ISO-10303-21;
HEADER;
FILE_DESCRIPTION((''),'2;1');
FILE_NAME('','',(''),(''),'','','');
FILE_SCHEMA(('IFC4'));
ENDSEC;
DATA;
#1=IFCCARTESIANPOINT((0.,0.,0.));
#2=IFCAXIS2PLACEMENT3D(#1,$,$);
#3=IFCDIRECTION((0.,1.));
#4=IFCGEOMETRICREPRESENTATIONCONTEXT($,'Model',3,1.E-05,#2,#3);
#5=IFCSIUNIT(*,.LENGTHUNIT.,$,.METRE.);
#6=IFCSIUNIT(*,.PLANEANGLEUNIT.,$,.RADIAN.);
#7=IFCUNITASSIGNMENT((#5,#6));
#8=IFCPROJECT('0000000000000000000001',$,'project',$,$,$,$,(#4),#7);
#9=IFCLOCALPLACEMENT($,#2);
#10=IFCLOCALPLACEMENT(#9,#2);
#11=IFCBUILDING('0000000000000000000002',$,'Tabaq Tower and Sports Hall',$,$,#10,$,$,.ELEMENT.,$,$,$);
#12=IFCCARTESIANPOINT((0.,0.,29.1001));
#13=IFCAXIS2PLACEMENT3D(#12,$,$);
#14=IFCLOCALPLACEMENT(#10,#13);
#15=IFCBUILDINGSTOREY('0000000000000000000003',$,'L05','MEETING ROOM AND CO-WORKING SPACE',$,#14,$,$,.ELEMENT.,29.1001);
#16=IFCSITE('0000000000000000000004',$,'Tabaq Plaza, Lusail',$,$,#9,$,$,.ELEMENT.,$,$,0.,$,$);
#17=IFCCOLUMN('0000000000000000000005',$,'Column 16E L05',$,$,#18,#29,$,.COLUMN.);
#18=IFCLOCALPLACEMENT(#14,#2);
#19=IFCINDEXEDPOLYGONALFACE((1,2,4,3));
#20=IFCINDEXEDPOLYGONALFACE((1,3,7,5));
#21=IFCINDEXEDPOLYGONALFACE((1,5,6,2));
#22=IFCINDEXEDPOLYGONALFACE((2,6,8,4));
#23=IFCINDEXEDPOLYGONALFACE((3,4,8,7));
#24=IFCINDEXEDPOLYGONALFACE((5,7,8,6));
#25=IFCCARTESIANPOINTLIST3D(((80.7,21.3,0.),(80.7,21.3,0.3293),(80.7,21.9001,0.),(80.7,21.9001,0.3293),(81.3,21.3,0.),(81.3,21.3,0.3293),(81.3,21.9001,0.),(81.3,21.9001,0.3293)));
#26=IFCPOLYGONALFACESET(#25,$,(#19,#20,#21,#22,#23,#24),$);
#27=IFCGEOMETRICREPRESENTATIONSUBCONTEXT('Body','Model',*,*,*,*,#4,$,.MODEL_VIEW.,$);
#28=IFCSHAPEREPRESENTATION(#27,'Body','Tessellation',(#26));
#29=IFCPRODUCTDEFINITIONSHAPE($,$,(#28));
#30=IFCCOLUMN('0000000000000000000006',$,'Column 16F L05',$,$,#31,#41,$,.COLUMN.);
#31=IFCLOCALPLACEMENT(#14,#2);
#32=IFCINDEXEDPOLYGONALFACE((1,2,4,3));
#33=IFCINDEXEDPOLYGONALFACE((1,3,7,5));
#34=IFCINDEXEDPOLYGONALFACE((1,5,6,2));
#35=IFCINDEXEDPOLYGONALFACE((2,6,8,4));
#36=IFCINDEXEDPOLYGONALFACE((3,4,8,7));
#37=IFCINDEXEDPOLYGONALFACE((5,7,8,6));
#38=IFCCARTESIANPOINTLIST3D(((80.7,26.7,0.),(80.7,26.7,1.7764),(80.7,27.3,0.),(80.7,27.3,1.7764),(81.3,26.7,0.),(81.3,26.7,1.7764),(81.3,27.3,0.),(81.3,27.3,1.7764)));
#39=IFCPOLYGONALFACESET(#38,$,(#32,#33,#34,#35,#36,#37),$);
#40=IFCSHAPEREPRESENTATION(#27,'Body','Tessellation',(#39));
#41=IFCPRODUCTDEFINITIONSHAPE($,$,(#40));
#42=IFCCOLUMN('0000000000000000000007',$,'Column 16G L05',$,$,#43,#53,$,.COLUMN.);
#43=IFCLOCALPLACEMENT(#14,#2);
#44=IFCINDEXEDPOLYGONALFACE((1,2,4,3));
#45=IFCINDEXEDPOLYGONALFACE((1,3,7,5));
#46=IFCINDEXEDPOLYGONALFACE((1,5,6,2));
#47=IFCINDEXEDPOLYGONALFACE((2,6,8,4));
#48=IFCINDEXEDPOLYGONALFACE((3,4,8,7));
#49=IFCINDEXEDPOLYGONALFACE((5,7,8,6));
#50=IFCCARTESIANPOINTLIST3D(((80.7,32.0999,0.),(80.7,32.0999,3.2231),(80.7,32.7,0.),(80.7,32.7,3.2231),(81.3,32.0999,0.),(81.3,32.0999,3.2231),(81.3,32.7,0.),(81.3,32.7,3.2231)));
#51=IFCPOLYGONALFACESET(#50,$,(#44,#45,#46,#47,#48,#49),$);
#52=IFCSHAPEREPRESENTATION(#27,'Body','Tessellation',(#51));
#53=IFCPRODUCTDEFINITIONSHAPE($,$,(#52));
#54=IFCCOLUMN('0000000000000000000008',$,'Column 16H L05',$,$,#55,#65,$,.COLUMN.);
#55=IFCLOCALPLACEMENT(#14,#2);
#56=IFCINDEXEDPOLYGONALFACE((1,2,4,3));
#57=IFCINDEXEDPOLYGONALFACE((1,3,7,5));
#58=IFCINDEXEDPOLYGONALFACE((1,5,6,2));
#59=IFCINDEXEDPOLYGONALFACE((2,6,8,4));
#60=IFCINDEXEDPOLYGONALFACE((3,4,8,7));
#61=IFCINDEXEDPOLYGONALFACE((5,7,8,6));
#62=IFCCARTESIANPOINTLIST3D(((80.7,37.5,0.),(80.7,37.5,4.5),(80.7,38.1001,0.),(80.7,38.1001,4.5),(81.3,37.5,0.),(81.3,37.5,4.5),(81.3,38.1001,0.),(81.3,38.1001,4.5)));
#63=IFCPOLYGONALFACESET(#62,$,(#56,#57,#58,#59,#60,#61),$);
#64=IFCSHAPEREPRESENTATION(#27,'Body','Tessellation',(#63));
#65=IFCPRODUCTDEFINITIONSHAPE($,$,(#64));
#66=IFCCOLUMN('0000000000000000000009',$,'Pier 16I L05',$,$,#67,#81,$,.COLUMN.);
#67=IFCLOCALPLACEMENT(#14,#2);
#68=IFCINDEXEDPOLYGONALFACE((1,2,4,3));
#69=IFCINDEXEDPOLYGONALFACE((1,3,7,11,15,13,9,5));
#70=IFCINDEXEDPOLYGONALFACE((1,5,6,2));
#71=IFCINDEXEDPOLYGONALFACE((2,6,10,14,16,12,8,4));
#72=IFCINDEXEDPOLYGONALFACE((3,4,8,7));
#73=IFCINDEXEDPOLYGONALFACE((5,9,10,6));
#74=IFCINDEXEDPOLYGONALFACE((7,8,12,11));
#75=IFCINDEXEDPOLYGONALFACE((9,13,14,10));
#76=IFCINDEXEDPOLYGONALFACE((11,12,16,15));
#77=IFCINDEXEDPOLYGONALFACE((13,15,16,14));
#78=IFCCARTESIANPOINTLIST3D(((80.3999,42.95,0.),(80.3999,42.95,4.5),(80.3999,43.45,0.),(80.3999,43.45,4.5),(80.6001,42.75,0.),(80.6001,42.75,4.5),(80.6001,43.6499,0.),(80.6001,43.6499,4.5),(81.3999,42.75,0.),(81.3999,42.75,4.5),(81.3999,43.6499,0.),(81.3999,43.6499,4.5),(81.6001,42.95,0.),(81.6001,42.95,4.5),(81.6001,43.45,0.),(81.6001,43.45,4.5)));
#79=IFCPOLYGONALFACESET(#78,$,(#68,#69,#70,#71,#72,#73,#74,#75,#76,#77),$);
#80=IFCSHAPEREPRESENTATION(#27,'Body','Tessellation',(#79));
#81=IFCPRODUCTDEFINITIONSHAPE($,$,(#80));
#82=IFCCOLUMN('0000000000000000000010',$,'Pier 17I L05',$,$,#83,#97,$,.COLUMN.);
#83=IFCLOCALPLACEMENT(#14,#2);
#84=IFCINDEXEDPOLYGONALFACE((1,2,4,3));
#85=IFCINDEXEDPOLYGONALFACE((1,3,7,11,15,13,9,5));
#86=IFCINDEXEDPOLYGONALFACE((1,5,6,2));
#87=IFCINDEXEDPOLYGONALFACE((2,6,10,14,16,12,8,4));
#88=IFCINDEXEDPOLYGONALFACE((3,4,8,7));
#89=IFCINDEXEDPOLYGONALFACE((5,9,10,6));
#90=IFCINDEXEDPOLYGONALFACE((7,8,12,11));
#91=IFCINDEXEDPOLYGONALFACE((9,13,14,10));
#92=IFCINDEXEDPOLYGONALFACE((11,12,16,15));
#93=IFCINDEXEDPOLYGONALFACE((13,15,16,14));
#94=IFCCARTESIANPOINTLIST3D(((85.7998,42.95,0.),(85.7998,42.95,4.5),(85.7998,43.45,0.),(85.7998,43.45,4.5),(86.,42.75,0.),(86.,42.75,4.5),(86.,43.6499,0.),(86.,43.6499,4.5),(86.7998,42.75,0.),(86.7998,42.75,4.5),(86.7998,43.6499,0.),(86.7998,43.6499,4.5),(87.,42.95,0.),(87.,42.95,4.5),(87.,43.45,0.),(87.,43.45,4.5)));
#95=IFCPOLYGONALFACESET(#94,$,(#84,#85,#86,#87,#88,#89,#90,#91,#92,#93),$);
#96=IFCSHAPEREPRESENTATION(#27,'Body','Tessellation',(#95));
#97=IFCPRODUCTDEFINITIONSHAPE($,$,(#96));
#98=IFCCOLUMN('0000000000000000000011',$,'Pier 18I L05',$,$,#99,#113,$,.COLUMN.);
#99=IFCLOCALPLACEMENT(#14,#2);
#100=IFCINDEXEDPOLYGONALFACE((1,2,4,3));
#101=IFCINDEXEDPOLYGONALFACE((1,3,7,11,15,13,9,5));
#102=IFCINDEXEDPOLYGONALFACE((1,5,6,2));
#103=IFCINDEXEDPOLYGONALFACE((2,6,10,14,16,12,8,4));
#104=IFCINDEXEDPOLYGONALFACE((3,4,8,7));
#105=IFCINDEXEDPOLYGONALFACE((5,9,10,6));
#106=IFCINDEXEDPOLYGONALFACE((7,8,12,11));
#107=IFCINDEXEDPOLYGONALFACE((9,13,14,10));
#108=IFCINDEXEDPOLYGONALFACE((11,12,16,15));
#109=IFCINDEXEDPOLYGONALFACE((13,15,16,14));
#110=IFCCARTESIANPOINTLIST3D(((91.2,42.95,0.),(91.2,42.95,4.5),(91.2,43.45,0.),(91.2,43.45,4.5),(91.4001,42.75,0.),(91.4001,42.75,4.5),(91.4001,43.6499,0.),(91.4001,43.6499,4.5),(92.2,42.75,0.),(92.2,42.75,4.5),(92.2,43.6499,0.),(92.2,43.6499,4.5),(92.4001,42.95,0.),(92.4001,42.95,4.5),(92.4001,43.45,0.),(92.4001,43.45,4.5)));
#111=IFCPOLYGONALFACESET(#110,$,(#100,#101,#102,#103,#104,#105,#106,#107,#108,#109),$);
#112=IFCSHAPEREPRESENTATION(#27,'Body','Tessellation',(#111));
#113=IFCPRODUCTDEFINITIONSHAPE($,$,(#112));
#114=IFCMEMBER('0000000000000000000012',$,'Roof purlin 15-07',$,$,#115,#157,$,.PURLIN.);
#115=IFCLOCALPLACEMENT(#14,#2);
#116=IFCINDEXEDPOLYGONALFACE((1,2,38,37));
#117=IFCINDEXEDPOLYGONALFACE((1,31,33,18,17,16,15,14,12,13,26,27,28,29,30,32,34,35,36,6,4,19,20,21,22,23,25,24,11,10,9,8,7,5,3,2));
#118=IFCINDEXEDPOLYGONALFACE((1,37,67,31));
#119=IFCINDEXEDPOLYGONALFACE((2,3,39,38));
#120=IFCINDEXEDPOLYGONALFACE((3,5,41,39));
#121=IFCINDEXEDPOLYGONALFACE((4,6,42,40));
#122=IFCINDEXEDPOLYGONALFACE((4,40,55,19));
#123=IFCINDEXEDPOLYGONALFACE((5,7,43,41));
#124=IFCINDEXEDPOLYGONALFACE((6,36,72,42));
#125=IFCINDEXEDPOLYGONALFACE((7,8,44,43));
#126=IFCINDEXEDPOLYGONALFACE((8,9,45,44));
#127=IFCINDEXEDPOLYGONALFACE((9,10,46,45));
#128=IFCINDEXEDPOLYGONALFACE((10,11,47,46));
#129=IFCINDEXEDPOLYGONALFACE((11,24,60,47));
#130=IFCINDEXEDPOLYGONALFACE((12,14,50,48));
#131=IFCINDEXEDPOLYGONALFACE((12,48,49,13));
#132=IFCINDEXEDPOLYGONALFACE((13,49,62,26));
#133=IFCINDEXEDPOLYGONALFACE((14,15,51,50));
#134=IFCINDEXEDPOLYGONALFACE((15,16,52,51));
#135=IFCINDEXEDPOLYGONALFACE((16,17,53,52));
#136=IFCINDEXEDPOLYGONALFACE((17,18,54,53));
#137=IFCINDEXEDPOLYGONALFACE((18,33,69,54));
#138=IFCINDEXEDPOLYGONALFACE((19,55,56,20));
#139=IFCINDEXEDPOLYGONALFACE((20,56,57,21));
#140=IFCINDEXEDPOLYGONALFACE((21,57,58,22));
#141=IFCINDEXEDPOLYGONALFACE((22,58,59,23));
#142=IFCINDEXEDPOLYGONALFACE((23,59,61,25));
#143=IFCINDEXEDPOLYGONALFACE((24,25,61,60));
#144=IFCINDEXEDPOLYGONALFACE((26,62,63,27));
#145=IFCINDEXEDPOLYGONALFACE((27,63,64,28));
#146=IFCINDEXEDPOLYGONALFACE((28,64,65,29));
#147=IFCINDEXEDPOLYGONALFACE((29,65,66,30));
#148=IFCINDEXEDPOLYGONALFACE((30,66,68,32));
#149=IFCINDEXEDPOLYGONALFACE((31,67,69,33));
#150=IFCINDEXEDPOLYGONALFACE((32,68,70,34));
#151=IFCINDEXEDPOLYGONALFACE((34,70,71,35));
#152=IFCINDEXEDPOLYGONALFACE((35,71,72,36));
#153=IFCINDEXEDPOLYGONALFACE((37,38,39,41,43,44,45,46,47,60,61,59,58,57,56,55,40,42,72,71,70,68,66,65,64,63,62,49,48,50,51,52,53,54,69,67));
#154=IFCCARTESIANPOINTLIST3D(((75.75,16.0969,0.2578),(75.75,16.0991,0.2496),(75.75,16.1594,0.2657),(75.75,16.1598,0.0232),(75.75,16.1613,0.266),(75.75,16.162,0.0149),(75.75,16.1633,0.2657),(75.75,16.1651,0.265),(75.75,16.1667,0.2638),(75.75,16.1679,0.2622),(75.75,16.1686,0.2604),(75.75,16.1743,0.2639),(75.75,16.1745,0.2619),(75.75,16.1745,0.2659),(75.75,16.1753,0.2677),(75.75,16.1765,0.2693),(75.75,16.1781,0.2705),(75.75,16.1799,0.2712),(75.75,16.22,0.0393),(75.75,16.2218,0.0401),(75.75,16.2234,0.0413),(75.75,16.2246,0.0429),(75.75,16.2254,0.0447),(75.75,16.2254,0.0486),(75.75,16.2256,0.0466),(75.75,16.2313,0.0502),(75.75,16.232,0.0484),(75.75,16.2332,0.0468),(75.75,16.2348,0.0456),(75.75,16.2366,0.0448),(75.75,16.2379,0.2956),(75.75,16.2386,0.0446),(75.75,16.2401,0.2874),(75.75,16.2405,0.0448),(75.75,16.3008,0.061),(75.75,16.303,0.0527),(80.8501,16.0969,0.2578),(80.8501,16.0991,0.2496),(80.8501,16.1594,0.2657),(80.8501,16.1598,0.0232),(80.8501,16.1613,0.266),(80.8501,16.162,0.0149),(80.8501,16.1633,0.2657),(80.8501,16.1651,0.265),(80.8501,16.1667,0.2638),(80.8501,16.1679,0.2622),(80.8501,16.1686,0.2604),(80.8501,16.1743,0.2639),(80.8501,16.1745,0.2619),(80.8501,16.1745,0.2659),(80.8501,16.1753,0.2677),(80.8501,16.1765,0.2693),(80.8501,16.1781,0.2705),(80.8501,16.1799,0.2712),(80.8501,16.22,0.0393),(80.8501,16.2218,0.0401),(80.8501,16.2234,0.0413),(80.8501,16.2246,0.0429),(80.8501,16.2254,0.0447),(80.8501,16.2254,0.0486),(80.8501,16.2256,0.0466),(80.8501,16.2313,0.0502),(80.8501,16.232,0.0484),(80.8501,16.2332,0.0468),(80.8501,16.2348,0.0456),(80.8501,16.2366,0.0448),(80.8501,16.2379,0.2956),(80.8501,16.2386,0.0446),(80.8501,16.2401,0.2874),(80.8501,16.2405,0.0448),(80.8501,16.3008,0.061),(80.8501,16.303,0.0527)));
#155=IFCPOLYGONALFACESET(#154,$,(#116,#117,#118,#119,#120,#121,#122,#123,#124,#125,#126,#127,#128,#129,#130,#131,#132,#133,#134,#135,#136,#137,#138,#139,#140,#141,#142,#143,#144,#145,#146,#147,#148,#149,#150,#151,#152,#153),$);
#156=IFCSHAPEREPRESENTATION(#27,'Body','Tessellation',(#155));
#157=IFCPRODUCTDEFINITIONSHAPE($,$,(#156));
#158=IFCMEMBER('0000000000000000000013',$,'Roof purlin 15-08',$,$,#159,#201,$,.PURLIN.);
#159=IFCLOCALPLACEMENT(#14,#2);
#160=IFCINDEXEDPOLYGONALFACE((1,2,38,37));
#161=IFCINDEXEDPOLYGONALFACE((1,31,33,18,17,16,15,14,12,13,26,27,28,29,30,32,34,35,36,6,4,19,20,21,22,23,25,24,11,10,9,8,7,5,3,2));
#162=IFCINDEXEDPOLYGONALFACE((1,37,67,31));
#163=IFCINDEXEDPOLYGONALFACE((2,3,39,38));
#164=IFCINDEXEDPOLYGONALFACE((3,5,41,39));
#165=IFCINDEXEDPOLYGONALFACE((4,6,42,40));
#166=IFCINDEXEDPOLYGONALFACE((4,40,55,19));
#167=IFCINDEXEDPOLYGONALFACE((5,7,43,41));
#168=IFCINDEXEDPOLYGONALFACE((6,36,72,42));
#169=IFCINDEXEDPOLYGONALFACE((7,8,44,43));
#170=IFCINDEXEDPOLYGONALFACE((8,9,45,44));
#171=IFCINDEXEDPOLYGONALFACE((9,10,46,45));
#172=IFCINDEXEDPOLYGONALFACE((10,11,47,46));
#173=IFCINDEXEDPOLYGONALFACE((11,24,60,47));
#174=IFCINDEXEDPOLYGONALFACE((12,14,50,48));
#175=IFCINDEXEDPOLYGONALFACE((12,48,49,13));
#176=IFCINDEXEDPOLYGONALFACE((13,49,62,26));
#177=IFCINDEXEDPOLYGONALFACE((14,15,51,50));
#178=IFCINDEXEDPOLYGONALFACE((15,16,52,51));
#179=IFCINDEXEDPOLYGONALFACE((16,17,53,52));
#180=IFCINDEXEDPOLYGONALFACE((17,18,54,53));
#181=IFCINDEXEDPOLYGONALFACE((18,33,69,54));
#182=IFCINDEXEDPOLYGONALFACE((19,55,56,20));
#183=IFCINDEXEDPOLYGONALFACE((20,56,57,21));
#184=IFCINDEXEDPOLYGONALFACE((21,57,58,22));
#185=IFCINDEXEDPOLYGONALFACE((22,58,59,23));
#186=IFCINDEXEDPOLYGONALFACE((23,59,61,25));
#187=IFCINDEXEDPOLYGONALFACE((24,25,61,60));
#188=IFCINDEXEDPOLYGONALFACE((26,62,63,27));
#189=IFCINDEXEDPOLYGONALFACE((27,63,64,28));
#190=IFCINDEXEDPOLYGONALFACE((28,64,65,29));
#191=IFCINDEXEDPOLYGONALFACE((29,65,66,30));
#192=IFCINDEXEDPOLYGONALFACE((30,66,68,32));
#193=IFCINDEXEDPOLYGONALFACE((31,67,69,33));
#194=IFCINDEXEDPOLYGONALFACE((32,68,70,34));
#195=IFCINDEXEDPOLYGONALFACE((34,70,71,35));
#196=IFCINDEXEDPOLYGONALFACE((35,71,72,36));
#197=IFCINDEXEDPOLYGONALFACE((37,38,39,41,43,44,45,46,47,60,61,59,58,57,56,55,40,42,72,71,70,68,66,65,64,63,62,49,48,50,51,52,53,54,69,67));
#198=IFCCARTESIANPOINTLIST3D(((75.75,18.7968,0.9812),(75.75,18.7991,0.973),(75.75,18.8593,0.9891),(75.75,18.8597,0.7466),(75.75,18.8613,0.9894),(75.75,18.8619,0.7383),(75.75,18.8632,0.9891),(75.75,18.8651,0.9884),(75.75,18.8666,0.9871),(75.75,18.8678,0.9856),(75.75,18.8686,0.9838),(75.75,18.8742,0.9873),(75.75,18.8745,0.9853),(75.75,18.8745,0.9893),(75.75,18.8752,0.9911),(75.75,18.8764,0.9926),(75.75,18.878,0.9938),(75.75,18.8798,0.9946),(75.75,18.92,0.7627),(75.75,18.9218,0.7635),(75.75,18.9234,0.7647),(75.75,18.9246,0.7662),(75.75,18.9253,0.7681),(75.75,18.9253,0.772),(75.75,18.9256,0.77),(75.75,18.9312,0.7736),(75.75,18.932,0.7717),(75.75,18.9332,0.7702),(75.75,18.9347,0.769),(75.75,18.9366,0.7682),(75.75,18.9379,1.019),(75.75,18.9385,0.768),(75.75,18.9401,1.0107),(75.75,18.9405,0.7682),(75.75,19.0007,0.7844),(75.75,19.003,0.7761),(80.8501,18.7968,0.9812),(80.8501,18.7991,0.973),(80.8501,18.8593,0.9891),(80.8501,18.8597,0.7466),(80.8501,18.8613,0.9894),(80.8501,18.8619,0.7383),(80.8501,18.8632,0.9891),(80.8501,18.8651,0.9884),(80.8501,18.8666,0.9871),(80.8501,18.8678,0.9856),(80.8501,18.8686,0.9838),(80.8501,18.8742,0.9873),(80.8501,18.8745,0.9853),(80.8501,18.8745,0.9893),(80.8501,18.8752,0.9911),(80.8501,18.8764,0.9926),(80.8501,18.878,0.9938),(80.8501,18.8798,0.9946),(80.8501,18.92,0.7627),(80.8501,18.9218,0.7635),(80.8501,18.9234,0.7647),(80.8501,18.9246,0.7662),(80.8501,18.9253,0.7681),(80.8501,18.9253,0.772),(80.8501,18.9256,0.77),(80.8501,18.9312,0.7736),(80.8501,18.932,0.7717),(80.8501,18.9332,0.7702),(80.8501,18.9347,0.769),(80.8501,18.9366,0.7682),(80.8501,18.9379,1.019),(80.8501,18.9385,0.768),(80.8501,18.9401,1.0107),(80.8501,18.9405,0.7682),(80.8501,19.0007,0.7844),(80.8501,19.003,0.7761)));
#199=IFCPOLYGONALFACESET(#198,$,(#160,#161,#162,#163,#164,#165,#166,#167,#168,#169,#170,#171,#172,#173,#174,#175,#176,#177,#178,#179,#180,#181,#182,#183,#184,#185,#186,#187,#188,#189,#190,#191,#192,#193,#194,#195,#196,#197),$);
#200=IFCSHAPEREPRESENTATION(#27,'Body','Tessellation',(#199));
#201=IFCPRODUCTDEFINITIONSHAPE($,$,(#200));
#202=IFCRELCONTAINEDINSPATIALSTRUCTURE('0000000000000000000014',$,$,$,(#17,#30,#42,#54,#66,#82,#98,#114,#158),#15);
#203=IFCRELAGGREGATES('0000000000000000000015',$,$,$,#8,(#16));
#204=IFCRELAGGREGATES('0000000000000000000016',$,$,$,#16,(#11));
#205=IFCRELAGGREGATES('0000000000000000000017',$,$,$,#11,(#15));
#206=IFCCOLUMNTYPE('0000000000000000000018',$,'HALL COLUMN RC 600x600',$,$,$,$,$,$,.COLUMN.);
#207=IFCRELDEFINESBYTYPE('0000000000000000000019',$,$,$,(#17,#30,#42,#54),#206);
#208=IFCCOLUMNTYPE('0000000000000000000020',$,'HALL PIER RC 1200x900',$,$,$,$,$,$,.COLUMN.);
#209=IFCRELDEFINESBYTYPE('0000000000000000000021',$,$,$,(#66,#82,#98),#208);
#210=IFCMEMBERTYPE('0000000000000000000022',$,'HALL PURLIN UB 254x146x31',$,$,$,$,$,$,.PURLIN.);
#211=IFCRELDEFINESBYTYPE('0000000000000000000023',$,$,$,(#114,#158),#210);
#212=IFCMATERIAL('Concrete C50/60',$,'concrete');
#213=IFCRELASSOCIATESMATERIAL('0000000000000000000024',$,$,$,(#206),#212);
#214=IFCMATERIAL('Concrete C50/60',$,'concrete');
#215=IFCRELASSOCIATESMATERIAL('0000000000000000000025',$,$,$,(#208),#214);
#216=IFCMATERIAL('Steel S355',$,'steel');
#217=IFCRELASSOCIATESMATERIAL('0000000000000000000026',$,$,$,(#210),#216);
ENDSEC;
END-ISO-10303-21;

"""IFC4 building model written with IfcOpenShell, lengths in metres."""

from ifc_helpers import new_model, si_unit, direction, frame, origin, origin_2d, place, context, subcontext, project, spatial, polyline, rectangle, i_section, outline, extrude, material, material_profile, profile_set, type_object, element, save


model = new_model("IFC4")

# Units and contexts
model_context = context("Model", 3, precision=1e-05, world=origin(), true_north=direction((0.0, 1.0)))
body_context = subcontext(model_context, "Body", "Model", "MODEL_VIEW")
ifc_project = project(units=[si_unit("LENGTHUNIT", "METRE"), si_unit("PLANEANGLEUNIT", "RADIAN")], contexts=[model_context])

# Site, building, storey
site_placement = place(None, origin())
site = spatial("IfcSite", under=ifc_project, at=site_placement, Name="Tabaq Plaza, Lusail", CompositionType="ELEMENT", RefElevation=0.0)
building_placement = place(site_placement, origin())
building = spatial("IfcBuilding", under=site, at=building_placement, Name="Tabaq Tower and Sports Hall", CompositionType="ELEMENT")
storey_placement = place(building_placement, frame((0.0, 0.0, 29.1001)))
storey = spatial("IfcBuildingStorey", under=building, at=storey_placement, Name="L05", Description="MEETING ROOM AND CO-WORKING SPACE", CompositionType="ELEMENT", Elevation=29.1001)

# Columns
ifc_material_1 = material(Name="Concrete C50/60", Category="concrete")
ifc_material_profile_1 = material_profile(ifc_material_1, rectangle(XDim=0.6001, YDim=0.6001, at=origin_2d()), Name="RC 600x600")
ifc_profile_set_1 = profile_set([ifc_material_profile_1], Name="Concrete C50/60")
column_type_1 = type_object("IfcColumnType", Name="HALL COLUMN RC 600x600", PredefinedType="COLUMN", material=ifc_profile_set_1)
column_1_placement = place(storey_placement, frame((81.0, 21.6001, 0.0), z_axis=(0.0, 0.0, 1.0), x_axis=(1.0, 0.0, 0.0)))
element("IfcColumn", 1, at=column_1_placement, inside=storey, type_object=column_type_1, Name="Column 16E L05", PredefinedType="COLUMN", context=body_context, shape_type="SweptSolid", body=[
    extrude(rectangle(XDim=0.6001, YDim=0.6001, at=origin_2d()), origin(), (0.0, 0.0, 1.0), 0.3293),
])
column_2_placement = place(storey_placement, frame((81.0, 27.0, 0.0), z_axis=(0.0, 0.0, 1.0), x_axis=(1.0, 0.0, 0.0)))
element("IfcColumn", 2, at=column_2_placement, inside=storey, type_object=column_type_1, Name="Column 16F L05", PredefinedType="COLUMN", context=body_context, shape_type="SweptSolid", body=[
    extrude(rectangle(XDim=0.6001, YDim=0.6001, at=origin_2d()), origin(), (0.0, 0.0, 1.0), 1.7764),
])
column_3_placement = place(storey_placement, frame((81.0, 32.3999, 0.0), z_axis=(0.0, 0.0, 1.0), x_axis=(1.0, 0.0, 0.0)))
element("IfcColumn", 3, at=column_3_placement, inside=storey, type_object=column_type_1, Name="Column 16G L05", PredefinedType="COLUMN", context=body_context, shape_type="SweptSolid", body=[
    extrude(rectangle(XDim=0.6001, YDim=0.6001, at=origin_2d()), origin(), (0.0, 0.0, 1.0), 3.2231),
])
column_4_placement = place(storey_placement, frame((81.0, 37.8, 0.0), z_axis=(0.0, 0.0, 1.0), x_axis=(1.0, 0.0, 0.0)))
element("IfcColumn", 4, at=column_4_placement, inside=storey, type_object=column_type_1, Name="Column 16H L05", PredefinedType="COLUMN", context=body_context, shape_type="SweptSolid", body=[
    extrude(rectangle(XDim=0.6001, YDim=0.6001, at=origin_2d()), origin(), (0.0, 0.0, 1.0), 4.5),
])
ifc_material_2 = material(Name="Concrete C50/60", Category="concrete")
ifc_material_profile_2 = material_profile(ifc_material_2, outline(polyline([(-0.3999, -0.45), (0.3999, -0.45), (0.6001, -0.25), (0.6001, 0.25), (0.3999, 0.45), (-0.3999, 0.45), (-0.6001, 0.25), (-0.6001, -0.25), (-0.3999, -0.45)])), Name="PIER 1200x900")
ifc_profile_set_2 = profile_set([ifc_material_profile_2], Name="Concrete C50/60")
column_type_2 = type_object("IfcColumnType", Name="HALL PIER RC 1200x900", PredefinedType="COLUMN", material=ifc_profile_set_2)
for number, where, z_axis, x_axis, name in (
    (5, (81.0, 43.2, 0.0), (0.0, 0.0, 1.0), (1.0, 0.0, 0.0), "Pier 16I L05"),
    (6, (86.3999, 43.2, 0.0), (0.0, 0.0, 1.0), (1.0, 0.0, 0.0), "Pier 17I L05"),
    (7, (91.8, 43.2, 0.0), (0.0, 0.0, 1.0), (1.0, 0.0, 0.0), "Pier 18I L05"),
):
    element("IfcColumn", number, at=place(storey_placement, frame(where, z_axis=z_axis, x_axis=x_axis)), inside=storey, type_object=column_type_2, Name=name, PredefinedType="COLUMN", context=body_context, shape_type="SweptSolid", body=[
        extrude(outline(polyline([(-0.3999, -0.45), (0.3999, -0.45), (0.6001, -0.25), (0.6001, 0.25), (0.3999, 0.45), (-0.3999, 0.45), (-0.6001, 0.25), (-0.6001, -0.25), (-0.3999, -0.45)])), origin(), (0.0, 0.0, 1.0), 4.5),
    ])

# Members
ifc_material_3 = material(Name="Steel S355", Category="steel")
ifc_material_profile_3 = material_profile(ifc_material_3, i_section(OverallWidth=0.146, OverallDepth=0.2515, WebThickness=0.0061, FlangeThickness=0.0085, FilletRadius=0.0076, at=origin_2d()), Name="UB 254x146x31")
ifc_profile_set_3 = profile_set([ifc_material_profile_3], Name="Steel S355")
member_type_1 = type_object("IfcMemberType", Name="HALL PURLIN UB 254x146x31", PredefinedType="PURLIN", material=ifc_profile_set_3)
for number, where, z_axis, x_axis, name in (
    (8, (75.75, 16.2, 0.1553), (1.0, 0.0, 0.0), (0.0, 0.965926, 0.258819), "Roof purlin 15-07"),
    (9, (75.75, 18.8999, 0.8787), (1.0, 0.0, 0.0), (0.0, 0.965926, 0.258819), "Roof purlin 15-08"),
):
    element("IfcMember", number, at=place(storey_placement, frame(where, z_axis=z_axis, x_axis=x_axis)), inside=storey, type_object=member_type_1, Name=name, PredefinedType="PURLIN", context=body_context, shape_type="SweptSolid", body=[
        extrude(i_section(OverallWidth=0.146, OverallDepth=0.2515, WebThickness=0.0061, FlangeThickness=0.0085, FilletRadius=0.0076, at=origin_2d()), origin(), (0.0, 0.0, 1.0), 5.1001),
    ])

save(model, "model.ifc")
